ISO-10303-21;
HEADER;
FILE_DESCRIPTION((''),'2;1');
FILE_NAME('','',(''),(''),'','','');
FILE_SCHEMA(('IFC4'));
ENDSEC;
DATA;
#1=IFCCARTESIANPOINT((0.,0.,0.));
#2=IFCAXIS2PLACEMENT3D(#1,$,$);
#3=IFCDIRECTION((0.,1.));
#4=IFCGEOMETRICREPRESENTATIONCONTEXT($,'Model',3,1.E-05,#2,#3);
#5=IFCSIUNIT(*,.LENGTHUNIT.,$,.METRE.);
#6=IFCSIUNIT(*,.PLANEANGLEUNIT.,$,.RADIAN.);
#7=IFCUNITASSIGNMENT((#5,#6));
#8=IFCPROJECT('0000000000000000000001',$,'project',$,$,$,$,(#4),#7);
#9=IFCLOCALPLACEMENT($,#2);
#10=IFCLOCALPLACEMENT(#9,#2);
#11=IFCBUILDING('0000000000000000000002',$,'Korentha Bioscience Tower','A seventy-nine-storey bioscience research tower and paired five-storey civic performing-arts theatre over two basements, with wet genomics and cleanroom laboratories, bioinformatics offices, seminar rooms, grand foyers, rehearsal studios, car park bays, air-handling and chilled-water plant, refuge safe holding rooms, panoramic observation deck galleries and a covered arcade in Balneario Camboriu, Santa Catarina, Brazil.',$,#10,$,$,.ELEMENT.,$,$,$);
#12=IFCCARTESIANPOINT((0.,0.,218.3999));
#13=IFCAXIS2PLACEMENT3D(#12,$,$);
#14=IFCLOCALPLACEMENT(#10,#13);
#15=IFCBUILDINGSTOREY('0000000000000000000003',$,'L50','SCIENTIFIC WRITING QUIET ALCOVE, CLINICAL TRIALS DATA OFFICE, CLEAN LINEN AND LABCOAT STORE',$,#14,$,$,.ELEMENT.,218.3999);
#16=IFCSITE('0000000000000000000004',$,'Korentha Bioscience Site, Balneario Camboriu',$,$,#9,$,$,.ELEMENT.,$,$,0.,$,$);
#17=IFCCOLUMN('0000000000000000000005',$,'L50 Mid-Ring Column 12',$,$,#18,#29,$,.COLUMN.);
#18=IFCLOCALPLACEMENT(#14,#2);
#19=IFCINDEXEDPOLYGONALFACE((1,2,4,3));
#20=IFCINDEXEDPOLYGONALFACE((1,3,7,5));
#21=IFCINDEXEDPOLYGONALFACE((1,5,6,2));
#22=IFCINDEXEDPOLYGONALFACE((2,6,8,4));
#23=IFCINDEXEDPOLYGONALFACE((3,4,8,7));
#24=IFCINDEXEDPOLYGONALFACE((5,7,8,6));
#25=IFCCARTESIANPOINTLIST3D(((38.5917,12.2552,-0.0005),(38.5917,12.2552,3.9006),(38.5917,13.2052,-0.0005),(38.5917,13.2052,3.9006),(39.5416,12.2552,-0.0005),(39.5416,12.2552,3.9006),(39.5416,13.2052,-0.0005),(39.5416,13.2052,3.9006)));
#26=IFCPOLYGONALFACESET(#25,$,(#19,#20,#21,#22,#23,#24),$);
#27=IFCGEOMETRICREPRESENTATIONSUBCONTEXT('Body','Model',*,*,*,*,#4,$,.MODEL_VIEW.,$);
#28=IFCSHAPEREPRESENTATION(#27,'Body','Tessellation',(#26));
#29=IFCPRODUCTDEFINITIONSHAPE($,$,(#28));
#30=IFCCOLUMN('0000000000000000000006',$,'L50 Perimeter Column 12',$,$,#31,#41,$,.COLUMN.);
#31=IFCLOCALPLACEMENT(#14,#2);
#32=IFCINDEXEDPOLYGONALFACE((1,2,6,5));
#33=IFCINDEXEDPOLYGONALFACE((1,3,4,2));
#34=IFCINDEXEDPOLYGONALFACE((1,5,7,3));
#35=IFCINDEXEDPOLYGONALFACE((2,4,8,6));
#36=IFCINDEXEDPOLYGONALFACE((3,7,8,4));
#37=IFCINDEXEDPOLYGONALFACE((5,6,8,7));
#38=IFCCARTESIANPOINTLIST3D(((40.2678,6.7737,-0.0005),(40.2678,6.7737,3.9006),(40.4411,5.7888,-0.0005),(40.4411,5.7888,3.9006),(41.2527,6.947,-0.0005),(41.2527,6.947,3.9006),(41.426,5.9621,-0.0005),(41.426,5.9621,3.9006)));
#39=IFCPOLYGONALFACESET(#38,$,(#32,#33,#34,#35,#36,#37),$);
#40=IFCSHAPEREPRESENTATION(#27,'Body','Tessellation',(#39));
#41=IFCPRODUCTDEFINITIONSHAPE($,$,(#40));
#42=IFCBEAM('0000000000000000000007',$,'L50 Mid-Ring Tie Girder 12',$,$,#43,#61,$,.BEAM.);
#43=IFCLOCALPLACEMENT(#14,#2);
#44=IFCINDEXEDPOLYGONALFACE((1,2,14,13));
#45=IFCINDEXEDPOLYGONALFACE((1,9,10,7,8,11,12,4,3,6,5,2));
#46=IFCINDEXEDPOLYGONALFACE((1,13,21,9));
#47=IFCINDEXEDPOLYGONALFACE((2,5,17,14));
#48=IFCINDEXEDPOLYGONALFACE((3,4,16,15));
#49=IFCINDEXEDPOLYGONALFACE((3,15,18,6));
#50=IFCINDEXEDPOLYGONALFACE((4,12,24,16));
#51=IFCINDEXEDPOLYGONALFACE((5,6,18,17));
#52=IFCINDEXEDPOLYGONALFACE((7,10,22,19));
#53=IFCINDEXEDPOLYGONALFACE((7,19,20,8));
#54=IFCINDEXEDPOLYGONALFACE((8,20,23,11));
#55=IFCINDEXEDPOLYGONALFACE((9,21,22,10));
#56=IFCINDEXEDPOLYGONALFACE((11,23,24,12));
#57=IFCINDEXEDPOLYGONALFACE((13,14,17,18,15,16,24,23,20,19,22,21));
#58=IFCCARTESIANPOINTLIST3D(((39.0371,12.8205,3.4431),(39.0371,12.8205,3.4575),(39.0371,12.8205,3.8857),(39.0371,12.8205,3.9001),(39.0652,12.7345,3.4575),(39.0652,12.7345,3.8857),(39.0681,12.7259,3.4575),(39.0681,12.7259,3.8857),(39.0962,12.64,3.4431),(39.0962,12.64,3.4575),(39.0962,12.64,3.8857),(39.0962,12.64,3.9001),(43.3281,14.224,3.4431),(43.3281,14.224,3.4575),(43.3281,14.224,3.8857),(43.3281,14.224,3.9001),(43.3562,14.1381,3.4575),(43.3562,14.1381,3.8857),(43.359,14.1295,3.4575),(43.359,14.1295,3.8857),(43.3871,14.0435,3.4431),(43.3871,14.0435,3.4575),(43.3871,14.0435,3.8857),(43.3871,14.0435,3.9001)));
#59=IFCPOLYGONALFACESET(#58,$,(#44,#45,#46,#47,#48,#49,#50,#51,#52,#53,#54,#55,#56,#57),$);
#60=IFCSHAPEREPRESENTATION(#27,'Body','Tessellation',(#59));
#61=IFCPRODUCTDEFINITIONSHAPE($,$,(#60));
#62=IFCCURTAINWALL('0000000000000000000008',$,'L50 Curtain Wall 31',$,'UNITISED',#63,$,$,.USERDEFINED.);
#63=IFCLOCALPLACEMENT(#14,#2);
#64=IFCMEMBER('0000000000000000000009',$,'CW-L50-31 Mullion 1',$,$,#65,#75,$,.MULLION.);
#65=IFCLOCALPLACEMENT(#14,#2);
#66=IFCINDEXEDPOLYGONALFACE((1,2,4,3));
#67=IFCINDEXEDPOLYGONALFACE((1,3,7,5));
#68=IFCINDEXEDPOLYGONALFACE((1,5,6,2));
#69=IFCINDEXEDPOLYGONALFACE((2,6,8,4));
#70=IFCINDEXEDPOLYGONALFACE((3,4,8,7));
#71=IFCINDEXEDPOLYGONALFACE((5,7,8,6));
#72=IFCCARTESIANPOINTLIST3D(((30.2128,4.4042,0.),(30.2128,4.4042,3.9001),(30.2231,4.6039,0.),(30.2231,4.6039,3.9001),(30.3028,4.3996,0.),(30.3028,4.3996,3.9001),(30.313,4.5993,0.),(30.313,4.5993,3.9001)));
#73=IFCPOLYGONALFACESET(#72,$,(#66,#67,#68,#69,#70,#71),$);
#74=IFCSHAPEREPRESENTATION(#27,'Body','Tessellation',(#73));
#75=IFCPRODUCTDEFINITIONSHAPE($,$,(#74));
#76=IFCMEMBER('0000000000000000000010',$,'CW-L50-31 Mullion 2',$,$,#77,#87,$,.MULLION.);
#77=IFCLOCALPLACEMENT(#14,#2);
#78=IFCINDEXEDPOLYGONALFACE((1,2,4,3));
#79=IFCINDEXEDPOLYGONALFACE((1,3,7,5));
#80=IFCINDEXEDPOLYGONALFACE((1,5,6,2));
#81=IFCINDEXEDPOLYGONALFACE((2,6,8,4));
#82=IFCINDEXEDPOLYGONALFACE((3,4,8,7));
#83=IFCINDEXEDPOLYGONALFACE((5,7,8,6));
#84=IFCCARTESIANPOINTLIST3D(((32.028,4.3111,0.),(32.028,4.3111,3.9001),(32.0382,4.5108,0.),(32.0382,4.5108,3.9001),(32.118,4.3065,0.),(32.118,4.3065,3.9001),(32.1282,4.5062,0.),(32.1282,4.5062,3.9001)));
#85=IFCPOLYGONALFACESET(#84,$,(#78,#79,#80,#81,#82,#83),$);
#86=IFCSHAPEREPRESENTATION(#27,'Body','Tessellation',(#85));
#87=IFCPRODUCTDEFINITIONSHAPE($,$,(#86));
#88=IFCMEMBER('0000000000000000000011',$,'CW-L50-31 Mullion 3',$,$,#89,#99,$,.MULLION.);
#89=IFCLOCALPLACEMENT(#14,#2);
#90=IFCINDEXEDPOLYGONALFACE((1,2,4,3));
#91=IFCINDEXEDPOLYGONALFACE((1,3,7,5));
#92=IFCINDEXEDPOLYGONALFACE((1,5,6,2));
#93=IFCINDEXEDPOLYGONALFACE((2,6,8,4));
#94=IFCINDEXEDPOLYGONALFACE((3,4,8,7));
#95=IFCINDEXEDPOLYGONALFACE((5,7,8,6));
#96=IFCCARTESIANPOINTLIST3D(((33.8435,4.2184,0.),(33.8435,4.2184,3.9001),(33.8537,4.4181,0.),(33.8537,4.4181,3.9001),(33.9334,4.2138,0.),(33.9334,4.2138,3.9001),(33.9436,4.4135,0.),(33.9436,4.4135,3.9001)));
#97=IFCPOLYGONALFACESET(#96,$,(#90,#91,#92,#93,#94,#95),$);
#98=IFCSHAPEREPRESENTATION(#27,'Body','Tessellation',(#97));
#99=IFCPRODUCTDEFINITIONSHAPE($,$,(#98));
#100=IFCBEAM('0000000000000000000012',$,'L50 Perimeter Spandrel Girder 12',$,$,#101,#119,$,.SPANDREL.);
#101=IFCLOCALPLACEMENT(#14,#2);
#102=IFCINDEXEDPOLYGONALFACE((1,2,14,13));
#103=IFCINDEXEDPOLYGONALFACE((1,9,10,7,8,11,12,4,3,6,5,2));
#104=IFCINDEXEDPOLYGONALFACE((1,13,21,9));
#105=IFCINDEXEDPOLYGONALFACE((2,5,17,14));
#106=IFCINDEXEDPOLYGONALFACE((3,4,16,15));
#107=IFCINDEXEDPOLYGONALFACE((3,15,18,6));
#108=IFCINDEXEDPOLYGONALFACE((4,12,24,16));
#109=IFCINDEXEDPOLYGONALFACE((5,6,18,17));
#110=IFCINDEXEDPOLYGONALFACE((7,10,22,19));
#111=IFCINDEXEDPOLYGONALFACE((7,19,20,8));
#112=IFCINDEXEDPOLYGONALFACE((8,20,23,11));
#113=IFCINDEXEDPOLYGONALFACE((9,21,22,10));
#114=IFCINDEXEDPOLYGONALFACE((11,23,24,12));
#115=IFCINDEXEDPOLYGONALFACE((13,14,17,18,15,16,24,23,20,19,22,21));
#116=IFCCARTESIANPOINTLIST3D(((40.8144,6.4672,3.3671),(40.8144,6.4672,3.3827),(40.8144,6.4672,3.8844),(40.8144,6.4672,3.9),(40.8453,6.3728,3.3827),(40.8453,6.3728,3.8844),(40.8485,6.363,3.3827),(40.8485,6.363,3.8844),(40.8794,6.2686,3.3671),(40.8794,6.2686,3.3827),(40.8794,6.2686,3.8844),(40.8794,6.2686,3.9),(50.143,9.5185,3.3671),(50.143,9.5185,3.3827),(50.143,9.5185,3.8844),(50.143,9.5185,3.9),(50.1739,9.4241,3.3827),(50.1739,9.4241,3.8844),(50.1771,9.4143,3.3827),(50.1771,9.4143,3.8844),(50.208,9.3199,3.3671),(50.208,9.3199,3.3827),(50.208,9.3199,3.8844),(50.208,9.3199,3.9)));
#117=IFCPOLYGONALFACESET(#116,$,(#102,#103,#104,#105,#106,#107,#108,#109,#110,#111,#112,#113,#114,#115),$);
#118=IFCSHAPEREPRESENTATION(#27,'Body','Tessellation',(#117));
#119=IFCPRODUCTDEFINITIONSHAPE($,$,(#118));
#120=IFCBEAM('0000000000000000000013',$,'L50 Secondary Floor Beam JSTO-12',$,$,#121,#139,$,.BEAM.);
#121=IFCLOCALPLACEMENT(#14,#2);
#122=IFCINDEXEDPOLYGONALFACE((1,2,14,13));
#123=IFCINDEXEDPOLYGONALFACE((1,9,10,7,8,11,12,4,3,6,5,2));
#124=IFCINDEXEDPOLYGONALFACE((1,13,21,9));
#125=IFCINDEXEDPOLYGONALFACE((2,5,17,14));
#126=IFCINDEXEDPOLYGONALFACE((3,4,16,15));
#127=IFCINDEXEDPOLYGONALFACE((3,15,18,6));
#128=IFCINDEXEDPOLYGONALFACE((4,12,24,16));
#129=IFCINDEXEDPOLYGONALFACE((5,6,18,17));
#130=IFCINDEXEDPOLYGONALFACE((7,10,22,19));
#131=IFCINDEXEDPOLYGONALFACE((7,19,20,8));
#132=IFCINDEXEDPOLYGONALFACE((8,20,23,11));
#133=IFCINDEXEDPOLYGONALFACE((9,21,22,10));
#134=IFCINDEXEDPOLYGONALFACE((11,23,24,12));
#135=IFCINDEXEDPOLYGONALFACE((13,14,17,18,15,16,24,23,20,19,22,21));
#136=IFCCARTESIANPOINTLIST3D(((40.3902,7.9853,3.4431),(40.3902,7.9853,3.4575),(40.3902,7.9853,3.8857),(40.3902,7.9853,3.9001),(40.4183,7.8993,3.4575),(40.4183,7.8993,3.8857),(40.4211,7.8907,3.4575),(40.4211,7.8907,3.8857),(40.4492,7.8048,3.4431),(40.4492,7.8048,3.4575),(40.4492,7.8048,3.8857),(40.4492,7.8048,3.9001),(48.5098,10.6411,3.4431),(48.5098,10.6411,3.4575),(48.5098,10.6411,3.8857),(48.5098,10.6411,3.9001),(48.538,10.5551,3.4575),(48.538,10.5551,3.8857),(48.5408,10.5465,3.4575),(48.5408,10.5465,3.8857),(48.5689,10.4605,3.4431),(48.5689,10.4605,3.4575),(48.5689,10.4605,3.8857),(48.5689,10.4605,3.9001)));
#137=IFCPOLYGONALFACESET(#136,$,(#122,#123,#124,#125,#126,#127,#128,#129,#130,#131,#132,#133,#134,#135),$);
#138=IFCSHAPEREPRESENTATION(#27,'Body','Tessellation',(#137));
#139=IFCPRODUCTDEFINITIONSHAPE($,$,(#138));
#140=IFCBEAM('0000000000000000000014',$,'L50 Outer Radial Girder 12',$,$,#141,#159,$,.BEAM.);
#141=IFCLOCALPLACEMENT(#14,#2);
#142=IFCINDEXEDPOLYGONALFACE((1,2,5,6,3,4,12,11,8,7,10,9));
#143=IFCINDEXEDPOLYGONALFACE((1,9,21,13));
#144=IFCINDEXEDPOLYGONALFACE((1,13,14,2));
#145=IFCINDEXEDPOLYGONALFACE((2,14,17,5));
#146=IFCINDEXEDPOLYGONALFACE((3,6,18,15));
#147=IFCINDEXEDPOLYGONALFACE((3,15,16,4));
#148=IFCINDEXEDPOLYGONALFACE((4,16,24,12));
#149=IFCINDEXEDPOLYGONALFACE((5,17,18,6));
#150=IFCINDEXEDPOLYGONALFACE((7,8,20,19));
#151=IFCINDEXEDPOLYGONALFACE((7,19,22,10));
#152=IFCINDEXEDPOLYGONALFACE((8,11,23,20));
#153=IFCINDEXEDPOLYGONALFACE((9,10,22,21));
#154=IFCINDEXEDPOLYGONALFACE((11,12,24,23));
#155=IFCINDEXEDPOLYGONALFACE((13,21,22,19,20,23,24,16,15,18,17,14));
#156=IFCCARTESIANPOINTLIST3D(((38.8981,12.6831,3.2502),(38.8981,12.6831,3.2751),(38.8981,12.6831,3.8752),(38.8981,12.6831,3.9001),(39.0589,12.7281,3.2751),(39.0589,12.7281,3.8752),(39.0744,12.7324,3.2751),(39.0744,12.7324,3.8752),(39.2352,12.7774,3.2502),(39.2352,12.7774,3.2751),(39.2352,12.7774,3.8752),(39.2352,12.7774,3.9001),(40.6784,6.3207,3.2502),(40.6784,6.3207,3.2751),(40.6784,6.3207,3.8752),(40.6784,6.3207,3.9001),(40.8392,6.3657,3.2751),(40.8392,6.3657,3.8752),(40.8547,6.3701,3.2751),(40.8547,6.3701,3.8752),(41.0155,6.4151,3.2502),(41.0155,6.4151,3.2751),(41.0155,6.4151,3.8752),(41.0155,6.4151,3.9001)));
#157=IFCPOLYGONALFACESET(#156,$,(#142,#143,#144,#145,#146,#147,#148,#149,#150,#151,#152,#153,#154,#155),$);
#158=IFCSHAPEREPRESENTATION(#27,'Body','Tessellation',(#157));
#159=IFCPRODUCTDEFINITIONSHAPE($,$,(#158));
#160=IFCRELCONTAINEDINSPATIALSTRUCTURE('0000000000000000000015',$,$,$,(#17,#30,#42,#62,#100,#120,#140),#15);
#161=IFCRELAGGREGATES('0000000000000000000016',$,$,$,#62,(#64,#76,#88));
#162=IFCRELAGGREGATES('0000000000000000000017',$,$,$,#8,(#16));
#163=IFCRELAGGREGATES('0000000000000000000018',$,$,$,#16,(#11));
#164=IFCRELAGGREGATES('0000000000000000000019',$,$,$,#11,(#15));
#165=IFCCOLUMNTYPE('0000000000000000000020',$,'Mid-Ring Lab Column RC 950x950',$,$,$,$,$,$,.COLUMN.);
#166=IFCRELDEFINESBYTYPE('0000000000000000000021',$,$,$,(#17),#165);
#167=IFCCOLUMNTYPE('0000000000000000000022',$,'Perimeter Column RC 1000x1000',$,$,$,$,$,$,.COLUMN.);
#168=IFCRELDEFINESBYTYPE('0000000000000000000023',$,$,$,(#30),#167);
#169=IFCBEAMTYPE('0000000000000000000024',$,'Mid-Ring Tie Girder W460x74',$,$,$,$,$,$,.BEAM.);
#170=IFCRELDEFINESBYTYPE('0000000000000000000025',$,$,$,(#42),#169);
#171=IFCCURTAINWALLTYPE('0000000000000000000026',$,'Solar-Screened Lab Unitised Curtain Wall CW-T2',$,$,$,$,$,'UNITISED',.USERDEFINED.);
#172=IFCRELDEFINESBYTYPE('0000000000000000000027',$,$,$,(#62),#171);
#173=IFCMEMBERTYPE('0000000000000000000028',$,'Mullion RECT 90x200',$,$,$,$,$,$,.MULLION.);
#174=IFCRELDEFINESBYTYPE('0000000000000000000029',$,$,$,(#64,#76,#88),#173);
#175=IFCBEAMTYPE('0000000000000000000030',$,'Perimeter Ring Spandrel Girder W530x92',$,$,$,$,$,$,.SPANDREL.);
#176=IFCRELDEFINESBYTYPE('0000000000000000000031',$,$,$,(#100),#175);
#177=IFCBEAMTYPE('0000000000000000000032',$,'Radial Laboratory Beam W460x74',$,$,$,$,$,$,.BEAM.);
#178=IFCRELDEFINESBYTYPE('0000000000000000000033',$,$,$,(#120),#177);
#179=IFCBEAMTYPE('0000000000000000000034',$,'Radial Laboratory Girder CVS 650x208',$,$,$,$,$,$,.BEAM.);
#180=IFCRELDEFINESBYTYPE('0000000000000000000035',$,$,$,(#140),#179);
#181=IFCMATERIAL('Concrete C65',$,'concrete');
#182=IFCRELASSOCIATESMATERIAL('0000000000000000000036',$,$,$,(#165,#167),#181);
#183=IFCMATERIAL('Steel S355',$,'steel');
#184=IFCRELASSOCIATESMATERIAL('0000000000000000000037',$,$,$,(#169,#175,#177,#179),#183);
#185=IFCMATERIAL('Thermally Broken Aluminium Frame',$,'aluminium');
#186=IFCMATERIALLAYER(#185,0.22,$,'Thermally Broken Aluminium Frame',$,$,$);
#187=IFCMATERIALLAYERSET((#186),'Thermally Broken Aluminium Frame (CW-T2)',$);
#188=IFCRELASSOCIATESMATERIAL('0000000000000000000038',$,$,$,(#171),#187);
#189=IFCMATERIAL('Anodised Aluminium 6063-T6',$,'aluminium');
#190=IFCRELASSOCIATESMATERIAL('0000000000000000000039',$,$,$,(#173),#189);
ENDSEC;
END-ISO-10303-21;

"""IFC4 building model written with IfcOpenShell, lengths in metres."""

from ifc_helpers import new_model, si_unit, direction, frame, origin, origin_2d, place, context, subcontext, project, spatial, rectangle, i_section, extrude, material, layer, layer_set, material_profile, profile_set, type_object, element, aggregate, save


model = new_model("IFC4")

# Units and contexts
model_context = context("Model", 3, precision=1e-05, world=origin(), true_north=direction((0.0, 1.0)))
body_context = subcontext(model_context, "Body", "Model", "MODEL_VIEW")
ifc_project = project(units=[si_unit("LENGTHUNIT", "METRE"), si_unit("PLANEANGLEUNIT", "RADIAN")], contexts=[model_context])

# Site, building, storey
site_placement = place(None, origin())
site = spatial("IfcSite", under=ifc_project, at=site_placement, Name="Korentha Bioscience Site, Balneario Camboriu", CompositionType="ELEMENT", RefElevation=0.0)
building_placement = place(site_placement, origin())
building = spatial("IfcBuilding", under=site, at=building_placement, Name="Korentha Bioscience Tower", Description="A seventy-nine-storey bioscience research tower and paired five-storey civic performing-arts theatre over two basements, with wet genomics and cleanroom laboratories, bioinformatics offices, seminar rooms, grand foyers, rehearsal studios, car park bays, air-handling and chilled-water plant, refuge safe holding rooms, panoramic observation deck galleries and a covered arcade in Balneario Camboriu, Santa Catarina, Brazil.", CompositionType="ELEMENT")
storey_placement = place(building_placement, frame((0.0, 0.0, 218.3999)))
storey = spatial("IfcBuildingStorey", under=building, at=storey_placement, Name="L50", Description="SCIENTIFIC WRITING QUIET ALCOVE, CLINICAL TRIALS DATA OFFICE, CLEAN LINEN AND LABCOAT STORE", CompositionType="ELEMENT", Elevation=218.3999)

# Columns
ifc_material_1 = material(Name="Concrete C65", Category="concrete")
ifc_material_profile_1 = material_profile(ifc_material_1, rectangle(XDim=0.95, YDim=0.95, at=origin_2d()), Name="Concrete C65")
ifc_profile_set_1 = profile_set([ifc_material_profile_1], Name="Concrete C65 (COL-MR09)")
column_type_1 = type_object("IfcColumnType", Name="Mid-Ring Lab Column RC 950x950", PredefinedType="COLUMN", material=ifc_profile_set_1)
column_1_placement = place(storey_placement, frame((39.0667, 12.7302, -0.0005), z_axis=(0.0, 0.0, 1.0), x_axis=(1.0, 0.0, 0.0)))
element("IfcColumn", 1, at=column_1_placement, inside=storey, type_object=column_type_1, Name="L50 Mid-Ring Column 12", PredefinedType="COLUMN", context=body_context, shape_type="SweptSolid", body=[
    extrude(rectangle(XDim=0.95, YDim=0.95, at=origin_2d()), origin(), (0.0, 0.0, 1.0), 3.9011),
])
ifc_material_profile_2 = material_profile(ifc_material_1, rectangle(XDim=1.0, YDim=1.0, at=origin_2d()), Name="Concrete C65")
ifc_profile_set_2 = profile_set([ifc_material_profile_2], Name="Concrete C65 (COL-P10)")
column_type_2 = type_object("IfcColumnType", Name="Perimeter Column RC 1000x1000", PredefinedType="COLUMN", material=ifc_profile_set_2)
column_2_placement = place(storey_placement, frame((40.8469, 6.3679, -0.0005), z_axis=(0.0, 0.0, 1.0), x_axis=(0.984868, 0.173304, 0.0)))
element("IfcColumn", 2, at=column_2_placement, inside=storey, type_object=column_type_2, Name="L50 Perimeter Column 12", PredefinedType="COLUMN", context=body_context, shape_type="SweptSolid", body=[
    extrude(rectangle(XDim=1.0, YDim=1.0, at=origin_2d()), origin(), (0.0, 0.0, 1.0), 3.9011),
])

# Beam
ifc_material_2 = material(Name="Steel S355", Category="steel")
ifc_material_profile_3 = material_profile(ifc_material_2, i_section(OverallWidth=0.1899, OverallDepth=0.457, WebThickness=0.009, FlangeThickness=0.0144, at=origin_2d()), Name="Steel S355")
ifc_profile_set_3 = profile_set([ifc_material_profile_3], Name="Steel S355 (MB-460)")
beam_type_1 = type_object("IfcBeamType", Name="Mid-Ring Tie Girder W460x74", PredefinedType="BEAM", material=ifc_profile_set_3)
beam_1_placement = place(storey_placement, frame((39.0667, 12.7302, 3.6716), z_axis=(0.950447, 0.310885, 0.0), x_axis=(-0.310885, 0.950447, 0.0)))
element("IfcBeam", 3, at=beam_1_placement, inside=storey, type_object=beam_type_1, Name="L50 Mid-Ring Tie Girder 12", PredefinedType="BEAM", context=body_context, shape_type="SweptSolid", body=[
    extrude(i_section(OverallWidth=0.1899, OverallDepth=0.457, WebThickness=0.009, FlangeThickness=0.0144, at=origin_2d()), origin(), (0.0, 0.0, 1.0), 4.5146),
])

# Curtain wall, members
ifc_material_3 = material(Name="Thermally Broken Aluminium Frame", Category="aluminium")
ifc_layer_1 = layer(ifc_material_3, 0.22, Name="Thermally Broken Aluminium Frame")
ifc_layer_set_1 = layer_set([ifc_layer_1], Name="Thermally Broken Aluminium Frame (CW-T2)")
curtain_wall_type = type_object("IfcCurtainWallType", Name="Solar-Screened Lab Unitised Curtain Wall CW-T2", ElementType="UNITISED", PredefinedType="USERDEFINED", material=ifc_layer_set_1)
curtain_wall_placement = place(storey_placement, origin())
curtain_wall = element("IfcCurtainWall", 4, at=curtain_wall_placement, inside=storey, type_object=curtain_wall_type, Name="L50 Curtain Wall 31", ObjectType="UNITISED", PredefinedType="USERDEFINED")
ifc_material_4 = material(Name="Anodised Aluminium 6063-T6", Category="aluminium")
ifc_material_profile_4 = material_profile(ifc_material_4, rectangle(XDim=0.0901, YDim=0.2, at=origin_2d()), Name="Anodised Aluminium 6063-T6")
ifc_profile_set_4 = profile_set([ifc_material_profile_4], Name="Anodised Aluminium 6063-T6 (CW-MUL)")
member_type_1 = type_object("IfcMemberType", Name="Mullion RECT 90x200", PredefinedType="MULLION", material=ifc_profile_set_4)
member_1_placement = place(storey_placement, frame((30.2629, 4.5017, 0.0), z_axis=(0.0, 0.0, 1.0), x_axis=(0.998696, -0.051055, 0.0)))
member_1 = element("IfcMember", 5, at=member_1_placement, type_object=member_type_1, Name="CW-L50-31 Mullion 1", PredefinedType="MULLION", context=body_context, shape_type="SweptSolid", body=[
    extrude(rectangle(XDim=0.0901, YDim=0.2, at=origin_2d()), origin(), (0.0, 0.0, 1.0), 3.9001),
])
member_2_placement = place(storey_placement, frame((32.0781, 4.4087, 0.0), z_axis=(0.0, 0.0, 1.0), x_axis=(0.998696, -0.051055, 0.0)))
member_2 = element("IfcMember", 6, at=member_2_placement, type_object=member_type_1, Name="CW-L50-31 Mullion 2", PredefinedType="MULLION", context=body_context, shape_type="SweptSolid", body=[
    extrude(rectangle(XDim=0.0901, YDim=0.2, at=origin_2d()), origin(), (0.0, 0.0, 1.0), 3.9001),
])
member_3_placement = place(storey_placement, frame((33.8936, 4.3159, 0.0), z_axis=(0.0, 0.0, 1.0), x_axis=(0.998696, -0.051055, 0.0)))
member_3 = element("IfcMember", 7, at=member_3_placement, type_object=member_type_1, Name="CW-L50-31 Mullion 3", PredefinedType="MULLION", context=body_context, shape_type="SweptSolid", body=[
    extrude(rectangle(XDim=0.0901, YDim=0.2, at=origin_2d()), origin(), (0.0, 0.0, 1.0), 3.9001),
])

# Beams
ifc_material_profile_5 = material_profile(ifc_material_2, i_section(OverallWidth=0.209, OverallDepth=0.533, WebThickness=0.0103, FlangeThickness=0.0156, at=origin_2d()), Name="Steel S355")
ifc_profile_set_5 = profile_set([ifc_material_profile_5], Name="Steel S355 (SB-530)")
beam_type_2 = type_object("IfcBeamType", Name="Perimeter Ring Spandrel Girder W530x92", PredefinedType="SPANDREL", material=ifc_profile_set_5)
beam_2_placement = place(storey_placement, frame((40.8469, 6.3679, 3.6335), z_axis=(0.950449, 0.31088, 0.0), x_axis=(-0.31088, 0.950449, 0.0)))
element("IfcBeam", 8, at=beam_2_placement, inside=storey, type_object=beam_type_2, Name="L50 Perimeter Spandrel Girder 12", PredefinedType="SPANDREL", context=body_context, shape_type="SweptSolid", body=[
    extrude(i_section(OverallWidth=0.209, OverallDepth=0.533, WebThickness=0.0103, FlangeThickness=0.0156, at=origin_2d()), origin(), (0.0, 0.0, 1.0), 9.8149),
])
ifc_material_profile_6 = material_profile(ifc_material_2, i_section(OverallWidth=0.1899, OverallDepth=0.457, WebThickness=0.009, FlangeThickness=0.0144, at=origin_2d()), Name="Steel S355")
ifc_profile_set_6 = profile_set([ifc_material_profile_6], Name="Steel S355 (RB-460)")
beam_type_3 = type_object("IfcBeamType", Name="Radial Laboratory Beam W460x74", PredefinedType="BEAM", material=ifc_profile_set_6)
beam_3_placement = place(storey_placement, frame((40.4197, 7.895, 3.6716), z_axis=(0.950451, 0.310873, 0.0), x_axis=(-0.310873, 0.950451, 0.0)))
element("IfcBeam", 9, at=beam_3_placement, inside=storey, type_object=beam_type_3, Name="L50 Secondary Floor Beam JSTO-12", PredefinedType="BEAM", context=body_context, shape_type="SweptSolid", body=[
    extrude(i_section(OverallWidth=0.1899, OverallDepth=0.457, WebThickness=0.009, FlangeThickness=0.0144, at=origin_2d()), origin(), (0.0, 0.0, 1.0), 8.543),
])
ifc_material_profile_7 = material_profile(ifc_material_2, i_section(OverallWidth=0.3501, OverallDepth=0.6499, WebThickness=0.0161, FlangeThickness=0.0249, at=origin_2d()), Name="Steel S355")
ifc_profile_set_7 = profile_set([ifc_material_profile_7], Name="Steel S355 (RB-650)")
beam_type_4 = type_object("IfcBeamType", Name="Radial Laboratory Girder CVS 650x208", PredefinedType="BEAM", material=ifc_profile_set_7)
beam_4_placement = place(storey_placement, frame((39.0667, 12.7302, 3.5752), z_axis=(0.269465, -0.96301, 0.0), x_axis=(0.96301, 0.269465, 0.0)))
element("IfcBeam", 10, at=beam_4_placement, inside=storey, type_object=beam_type_4, Name="L50 Outer Radial Girder 12", PredefinedType="BEAM", context=body_context, shape_type="SweptSolid", body=[
    extrude(i_section(OverallWidth=0.3501, OverallDepth=0.6499, WebThickness=0.0161, FlangeThickness=0.0249, at=origin_2d()), origin(), (0.0, 0.0, 1.0), 6.6067),
])

aggregate(curtain_wall, [member_1, member_2, member_3])

save(model, "model.ifc")
